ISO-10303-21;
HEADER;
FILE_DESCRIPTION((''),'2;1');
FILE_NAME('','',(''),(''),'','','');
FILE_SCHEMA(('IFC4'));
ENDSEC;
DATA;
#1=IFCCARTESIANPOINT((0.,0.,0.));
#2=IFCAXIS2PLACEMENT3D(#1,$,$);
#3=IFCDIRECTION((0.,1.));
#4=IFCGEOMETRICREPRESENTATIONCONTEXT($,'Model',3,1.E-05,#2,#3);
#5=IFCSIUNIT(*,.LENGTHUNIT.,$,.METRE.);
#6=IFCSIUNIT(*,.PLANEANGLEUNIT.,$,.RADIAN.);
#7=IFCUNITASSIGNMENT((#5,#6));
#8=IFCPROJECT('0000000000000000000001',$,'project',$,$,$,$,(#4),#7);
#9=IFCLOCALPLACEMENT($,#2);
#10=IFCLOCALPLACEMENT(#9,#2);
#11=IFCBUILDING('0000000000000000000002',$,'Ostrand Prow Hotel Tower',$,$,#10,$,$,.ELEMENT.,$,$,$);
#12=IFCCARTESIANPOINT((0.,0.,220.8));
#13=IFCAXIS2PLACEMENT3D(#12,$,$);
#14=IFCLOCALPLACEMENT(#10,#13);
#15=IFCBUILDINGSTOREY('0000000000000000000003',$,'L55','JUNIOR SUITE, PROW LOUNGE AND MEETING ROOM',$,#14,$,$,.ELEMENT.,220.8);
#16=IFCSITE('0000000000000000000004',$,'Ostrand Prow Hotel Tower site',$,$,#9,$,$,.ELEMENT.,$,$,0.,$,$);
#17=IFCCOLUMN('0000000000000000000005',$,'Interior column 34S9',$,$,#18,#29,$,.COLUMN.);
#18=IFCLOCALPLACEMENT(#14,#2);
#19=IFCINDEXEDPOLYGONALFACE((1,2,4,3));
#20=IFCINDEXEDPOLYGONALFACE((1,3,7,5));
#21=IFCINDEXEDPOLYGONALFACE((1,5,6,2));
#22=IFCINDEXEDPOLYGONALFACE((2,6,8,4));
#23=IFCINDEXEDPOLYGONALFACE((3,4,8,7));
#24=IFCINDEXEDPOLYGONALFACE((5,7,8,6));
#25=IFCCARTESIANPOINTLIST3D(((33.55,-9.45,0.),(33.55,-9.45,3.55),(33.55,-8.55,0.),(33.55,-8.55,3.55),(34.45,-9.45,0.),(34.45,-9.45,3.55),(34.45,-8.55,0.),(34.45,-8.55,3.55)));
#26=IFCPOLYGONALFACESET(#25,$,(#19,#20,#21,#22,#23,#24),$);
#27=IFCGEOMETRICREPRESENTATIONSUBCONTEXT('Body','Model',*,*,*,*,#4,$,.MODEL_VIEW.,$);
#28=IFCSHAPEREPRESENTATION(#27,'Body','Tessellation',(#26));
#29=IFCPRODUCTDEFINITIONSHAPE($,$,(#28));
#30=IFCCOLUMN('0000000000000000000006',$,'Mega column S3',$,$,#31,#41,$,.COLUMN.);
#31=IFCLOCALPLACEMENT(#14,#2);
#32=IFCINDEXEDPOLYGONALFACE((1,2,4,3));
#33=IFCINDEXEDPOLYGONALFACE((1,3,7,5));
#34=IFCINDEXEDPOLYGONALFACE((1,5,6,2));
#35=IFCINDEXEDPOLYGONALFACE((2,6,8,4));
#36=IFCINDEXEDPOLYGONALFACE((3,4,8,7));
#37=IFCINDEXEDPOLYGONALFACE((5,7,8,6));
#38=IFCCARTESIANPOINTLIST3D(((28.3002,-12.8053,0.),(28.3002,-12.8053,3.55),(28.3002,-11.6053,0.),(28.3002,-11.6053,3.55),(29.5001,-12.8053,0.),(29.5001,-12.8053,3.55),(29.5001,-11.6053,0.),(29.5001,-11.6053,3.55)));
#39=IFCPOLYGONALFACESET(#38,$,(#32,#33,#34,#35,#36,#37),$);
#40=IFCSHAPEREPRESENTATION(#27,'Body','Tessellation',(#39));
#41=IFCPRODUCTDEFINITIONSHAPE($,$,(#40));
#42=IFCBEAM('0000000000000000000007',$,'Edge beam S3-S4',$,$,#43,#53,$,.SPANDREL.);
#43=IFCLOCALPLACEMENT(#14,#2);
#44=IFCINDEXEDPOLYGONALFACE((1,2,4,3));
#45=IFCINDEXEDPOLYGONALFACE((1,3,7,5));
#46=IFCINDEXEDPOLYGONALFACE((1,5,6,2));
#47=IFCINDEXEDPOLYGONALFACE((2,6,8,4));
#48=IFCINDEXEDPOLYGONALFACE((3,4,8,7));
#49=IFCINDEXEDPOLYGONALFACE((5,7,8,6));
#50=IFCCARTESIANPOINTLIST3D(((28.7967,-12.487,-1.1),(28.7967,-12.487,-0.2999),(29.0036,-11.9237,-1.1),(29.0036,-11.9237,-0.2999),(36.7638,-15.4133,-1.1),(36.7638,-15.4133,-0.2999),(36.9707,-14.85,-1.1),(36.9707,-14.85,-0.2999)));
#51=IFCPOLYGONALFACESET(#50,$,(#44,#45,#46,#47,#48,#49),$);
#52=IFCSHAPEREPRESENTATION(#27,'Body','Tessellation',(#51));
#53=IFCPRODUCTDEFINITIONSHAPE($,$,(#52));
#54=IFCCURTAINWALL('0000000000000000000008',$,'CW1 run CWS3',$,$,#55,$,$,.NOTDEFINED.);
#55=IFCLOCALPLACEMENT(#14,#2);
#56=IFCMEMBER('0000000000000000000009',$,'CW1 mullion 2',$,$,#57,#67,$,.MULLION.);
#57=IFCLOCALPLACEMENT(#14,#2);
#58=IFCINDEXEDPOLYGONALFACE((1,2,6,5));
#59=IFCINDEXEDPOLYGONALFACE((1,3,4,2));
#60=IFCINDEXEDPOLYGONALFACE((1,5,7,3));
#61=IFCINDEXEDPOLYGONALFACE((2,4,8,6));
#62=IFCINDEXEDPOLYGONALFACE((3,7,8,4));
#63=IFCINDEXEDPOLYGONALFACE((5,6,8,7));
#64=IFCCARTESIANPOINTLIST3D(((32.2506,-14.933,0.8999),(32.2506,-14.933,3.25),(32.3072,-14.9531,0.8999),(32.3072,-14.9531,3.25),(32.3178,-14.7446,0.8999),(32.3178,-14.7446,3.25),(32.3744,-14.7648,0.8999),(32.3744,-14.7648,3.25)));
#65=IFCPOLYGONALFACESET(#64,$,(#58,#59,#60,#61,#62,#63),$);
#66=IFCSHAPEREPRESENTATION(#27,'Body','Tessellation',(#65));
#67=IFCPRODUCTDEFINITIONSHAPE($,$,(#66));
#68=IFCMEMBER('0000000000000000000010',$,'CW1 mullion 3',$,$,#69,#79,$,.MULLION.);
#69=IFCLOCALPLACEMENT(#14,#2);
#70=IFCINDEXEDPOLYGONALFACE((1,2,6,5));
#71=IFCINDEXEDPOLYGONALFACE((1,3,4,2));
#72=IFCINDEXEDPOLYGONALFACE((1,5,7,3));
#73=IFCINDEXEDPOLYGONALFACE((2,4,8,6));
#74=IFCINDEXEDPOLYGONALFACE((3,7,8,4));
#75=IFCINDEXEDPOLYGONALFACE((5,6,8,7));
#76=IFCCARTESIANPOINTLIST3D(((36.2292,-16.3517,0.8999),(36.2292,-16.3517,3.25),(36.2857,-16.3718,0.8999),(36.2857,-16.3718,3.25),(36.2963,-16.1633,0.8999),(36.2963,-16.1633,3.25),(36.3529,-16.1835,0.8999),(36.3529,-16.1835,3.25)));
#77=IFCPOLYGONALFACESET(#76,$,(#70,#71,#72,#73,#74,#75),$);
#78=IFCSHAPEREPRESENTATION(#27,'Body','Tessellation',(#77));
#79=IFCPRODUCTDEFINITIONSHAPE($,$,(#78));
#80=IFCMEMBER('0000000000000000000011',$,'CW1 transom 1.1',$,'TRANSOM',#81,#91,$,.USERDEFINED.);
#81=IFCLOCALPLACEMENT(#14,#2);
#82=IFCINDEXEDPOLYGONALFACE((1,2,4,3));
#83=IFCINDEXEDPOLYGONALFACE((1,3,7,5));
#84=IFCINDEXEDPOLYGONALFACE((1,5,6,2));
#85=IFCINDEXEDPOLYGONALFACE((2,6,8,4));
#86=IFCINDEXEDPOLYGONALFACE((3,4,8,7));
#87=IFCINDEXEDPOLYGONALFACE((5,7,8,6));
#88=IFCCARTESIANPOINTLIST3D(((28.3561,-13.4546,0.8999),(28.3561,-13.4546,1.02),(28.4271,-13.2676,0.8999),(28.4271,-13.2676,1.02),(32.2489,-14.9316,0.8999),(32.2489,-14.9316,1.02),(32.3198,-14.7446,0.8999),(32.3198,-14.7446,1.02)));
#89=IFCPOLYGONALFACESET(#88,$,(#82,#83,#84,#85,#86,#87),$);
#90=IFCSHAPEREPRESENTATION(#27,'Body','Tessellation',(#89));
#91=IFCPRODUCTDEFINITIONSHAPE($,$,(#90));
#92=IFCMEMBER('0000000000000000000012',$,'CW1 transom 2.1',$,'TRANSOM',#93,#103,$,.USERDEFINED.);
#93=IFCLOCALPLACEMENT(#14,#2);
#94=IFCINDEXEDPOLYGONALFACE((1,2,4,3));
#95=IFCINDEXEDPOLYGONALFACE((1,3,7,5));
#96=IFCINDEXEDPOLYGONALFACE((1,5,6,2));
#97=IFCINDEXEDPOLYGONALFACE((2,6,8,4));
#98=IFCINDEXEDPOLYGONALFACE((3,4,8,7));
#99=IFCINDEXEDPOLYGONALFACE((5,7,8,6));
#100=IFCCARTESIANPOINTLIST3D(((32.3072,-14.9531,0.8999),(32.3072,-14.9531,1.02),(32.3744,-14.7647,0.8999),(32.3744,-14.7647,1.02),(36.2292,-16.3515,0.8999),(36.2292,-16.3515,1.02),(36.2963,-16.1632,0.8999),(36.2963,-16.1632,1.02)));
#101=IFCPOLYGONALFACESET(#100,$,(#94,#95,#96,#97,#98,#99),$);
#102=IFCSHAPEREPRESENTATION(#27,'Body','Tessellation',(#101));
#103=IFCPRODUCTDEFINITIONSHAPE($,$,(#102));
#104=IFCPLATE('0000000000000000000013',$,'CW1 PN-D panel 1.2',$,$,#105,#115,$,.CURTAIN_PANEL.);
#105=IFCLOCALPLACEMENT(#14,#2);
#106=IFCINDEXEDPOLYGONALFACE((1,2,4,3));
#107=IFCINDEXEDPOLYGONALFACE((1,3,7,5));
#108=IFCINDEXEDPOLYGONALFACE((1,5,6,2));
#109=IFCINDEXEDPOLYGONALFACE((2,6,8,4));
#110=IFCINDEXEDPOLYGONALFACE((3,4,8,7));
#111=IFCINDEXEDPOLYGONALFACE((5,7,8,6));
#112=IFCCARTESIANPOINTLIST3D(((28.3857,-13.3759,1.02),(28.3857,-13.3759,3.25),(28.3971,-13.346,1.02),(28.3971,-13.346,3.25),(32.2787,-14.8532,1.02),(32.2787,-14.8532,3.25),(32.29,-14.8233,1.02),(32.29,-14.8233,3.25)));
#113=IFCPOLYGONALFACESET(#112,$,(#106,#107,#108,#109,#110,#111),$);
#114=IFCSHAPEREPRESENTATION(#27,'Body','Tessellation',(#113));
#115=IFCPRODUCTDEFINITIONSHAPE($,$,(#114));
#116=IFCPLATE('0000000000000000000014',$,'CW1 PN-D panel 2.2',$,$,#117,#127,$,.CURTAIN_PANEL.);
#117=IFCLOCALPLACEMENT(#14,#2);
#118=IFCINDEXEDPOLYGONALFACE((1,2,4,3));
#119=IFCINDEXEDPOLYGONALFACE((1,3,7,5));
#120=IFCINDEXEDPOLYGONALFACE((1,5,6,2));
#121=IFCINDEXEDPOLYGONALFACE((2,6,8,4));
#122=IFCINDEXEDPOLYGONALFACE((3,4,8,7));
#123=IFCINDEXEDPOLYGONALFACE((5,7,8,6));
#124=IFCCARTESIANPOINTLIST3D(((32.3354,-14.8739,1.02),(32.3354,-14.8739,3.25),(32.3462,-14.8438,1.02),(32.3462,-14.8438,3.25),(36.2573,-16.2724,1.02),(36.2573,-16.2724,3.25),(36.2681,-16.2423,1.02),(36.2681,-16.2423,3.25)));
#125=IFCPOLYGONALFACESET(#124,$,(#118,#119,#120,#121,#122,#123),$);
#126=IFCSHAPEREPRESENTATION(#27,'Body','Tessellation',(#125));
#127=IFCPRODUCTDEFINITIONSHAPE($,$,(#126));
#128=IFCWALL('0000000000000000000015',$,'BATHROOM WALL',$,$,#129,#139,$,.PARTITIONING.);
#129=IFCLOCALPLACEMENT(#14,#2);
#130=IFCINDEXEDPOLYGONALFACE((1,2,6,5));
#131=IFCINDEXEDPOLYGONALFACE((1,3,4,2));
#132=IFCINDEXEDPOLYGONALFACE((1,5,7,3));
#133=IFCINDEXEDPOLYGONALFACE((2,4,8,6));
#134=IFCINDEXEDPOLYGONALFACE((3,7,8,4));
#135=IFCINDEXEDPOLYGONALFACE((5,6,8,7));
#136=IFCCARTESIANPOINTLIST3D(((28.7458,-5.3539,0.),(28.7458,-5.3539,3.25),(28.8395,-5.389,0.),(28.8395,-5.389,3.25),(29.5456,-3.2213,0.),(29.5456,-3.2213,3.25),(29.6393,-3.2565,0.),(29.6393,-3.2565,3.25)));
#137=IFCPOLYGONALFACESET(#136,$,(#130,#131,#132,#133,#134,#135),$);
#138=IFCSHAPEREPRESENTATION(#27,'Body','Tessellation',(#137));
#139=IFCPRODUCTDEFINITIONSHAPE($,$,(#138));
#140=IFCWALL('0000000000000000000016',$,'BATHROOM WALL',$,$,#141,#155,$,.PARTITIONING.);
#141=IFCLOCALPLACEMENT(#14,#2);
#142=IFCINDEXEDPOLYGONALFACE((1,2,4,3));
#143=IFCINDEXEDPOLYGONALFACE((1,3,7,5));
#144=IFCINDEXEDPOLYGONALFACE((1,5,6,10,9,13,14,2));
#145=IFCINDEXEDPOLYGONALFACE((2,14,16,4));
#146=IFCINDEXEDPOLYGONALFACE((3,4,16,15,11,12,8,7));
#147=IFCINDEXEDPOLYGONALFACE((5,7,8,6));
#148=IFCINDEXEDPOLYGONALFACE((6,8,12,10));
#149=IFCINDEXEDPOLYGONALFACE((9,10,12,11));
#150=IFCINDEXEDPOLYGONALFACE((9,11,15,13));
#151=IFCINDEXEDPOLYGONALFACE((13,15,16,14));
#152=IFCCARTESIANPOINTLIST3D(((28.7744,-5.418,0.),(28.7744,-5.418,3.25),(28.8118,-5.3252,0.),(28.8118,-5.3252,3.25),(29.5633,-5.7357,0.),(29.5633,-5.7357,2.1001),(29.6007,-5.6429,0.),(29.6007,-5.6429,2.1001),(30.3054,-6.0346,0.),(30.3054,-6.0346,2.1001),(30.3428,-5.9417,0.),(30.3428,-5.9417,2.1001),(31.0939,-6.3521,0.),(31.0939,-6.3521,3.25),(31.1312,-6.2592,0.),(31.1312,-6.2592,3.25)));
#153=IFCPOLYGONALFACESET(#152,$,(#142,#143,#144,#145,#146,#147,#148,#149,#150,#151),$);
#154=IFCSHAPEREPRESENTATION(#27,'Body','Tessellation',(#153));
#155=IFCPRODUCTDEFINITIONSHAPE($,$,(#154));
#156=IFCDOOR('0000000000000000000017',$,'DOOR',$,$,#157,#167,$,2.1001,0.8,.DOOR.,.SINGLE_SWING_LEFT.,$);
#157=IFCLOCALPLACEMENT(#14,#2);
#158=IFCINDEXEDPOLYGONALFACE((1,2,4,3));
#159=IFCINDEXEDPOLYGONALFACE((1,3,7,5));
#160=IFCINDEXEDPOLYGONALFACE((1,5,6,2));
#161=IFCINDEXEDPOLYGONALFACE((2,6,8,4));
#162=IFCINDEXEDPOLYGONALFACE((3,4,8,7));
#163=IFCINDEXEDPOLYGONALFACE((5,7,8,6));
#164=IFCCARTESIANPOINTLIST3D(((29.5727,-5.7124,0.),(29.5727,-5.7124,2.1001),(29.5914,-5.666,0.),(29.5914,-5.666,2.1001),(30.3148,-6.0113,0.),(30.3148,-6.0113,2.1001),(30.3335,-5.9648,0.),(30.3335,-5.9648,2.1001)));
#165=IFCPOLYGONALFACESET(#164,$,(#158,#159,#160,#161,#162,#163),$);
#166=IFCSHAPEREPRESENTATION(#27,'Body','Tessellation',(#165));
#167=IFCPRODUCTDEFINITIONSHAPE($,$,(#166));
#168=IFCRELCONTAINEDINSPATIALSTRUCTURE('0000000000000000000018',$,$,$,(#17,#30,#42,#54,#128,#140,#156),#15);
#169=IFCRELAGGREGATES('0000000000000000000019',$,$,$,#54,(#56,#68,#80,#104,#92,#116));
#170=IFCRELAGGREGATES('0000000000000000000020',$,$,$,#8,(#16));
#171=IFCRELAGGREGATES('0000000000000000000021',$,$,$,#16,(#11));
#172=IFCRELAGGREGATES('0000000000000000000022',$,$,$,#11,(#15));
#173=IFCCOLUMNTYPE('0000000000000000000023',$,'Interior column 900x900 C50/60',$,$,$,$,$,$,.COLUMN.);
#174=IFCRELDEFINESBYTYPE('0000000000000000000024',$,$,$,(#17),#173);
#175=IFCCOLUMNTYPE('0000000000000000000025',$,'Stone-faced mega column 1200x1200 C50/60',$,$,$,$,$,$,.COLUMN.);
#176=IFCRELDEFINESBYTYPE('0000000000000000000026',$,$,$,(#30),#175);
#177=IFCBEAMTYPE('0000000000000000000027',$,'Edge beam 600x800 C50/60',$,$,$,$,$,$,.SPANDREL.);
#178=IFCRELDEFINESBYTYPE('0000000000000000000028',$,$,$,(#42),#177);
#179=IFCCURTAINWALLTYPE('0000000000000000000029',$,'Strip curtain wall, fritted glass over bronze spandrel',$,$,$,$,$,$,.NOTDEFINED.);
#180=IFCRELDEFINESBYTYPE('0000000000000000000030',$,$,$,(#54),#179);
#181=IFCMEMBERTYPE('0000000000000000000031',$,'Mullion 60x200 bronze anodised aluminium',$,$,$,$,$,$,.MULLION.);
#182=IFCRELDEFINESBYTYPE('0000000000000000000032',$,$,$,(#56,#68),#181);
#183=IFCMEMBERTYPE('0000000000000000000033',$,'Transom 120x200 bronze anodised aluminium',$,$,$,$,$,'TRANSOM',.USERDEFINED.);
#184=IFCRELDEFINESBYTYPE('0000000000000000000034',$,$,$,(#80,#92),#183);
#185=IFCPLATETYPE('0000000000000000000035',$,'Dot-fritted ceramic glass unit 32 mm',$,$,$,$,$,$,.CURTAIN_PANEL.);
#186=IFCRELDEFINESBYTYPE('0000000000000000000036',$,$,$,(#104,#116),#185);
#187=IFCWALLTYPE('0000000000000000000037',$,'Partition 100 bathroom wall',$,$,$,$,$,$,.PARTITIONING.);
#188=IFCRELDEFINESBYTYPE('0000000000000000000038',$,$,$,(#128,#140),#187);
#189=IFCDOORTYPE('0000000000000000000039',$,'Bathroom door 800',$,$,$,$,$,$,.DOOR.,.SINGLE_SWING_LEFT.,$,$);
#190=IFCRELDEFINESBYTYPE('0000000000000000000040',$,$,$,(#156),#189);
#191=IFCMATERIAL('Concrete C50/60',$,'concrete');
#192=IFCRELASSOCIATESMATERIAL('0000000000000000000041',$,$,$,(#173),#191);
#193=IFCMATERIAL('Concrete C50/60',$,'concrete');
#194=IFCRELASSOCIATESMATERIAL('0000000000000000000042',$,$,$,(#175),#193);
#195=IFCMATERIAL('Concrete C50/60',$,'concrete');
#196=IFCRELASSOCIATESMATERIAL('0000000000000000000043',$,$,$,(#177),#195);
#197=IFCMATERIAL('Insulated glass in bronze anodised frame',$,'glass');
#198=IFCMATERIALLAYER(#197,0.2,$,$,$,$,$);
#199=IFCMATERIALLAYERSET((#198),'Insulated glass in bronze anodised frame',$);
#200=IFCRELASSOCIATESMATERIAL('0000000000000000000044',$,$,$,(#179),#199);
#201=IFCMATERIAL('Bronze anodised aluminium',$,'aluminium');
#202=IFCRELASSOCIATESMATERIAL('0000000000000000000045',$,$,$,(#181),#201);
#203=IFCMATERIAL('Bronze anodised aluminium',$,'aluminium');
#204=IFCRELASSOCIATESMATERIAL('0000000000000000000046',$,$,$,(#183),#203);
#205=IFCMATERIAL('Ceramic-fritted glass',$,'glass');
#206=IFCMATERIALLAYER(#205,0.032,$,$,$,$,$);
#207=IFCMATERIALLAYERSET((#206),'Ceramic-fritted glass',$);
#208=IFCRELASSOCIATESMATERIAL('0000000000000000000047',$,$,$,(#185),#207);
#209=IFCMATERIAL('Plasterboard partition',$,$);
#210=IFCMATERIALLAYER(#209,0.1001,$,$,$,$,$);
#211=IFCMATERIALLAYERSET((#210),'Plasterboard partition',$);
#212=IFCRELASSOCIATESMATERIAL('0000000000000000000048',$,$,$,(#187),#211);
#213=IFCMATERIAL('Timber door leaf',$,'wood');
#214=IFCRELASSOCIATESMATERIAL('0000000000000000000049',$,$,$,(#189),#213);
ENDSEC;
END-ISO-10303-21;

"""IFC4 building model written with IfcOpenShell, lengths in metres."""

from ifc_helpers import new_model, si_unit, direction, frame, frame_2d, origin, origin_2d, place, context, subcontext, project, spatial, rectangle, extrude, material, layer, layer_set, material_profile, profile_set, type_object, element, fill, aggregate, save


model = new_model("IFC4")

# Units and contexts
model_context = context("Model", 3, precision=1e-05, world=origin(), true_north=direction((0.0, 1.0)))
body_context = subcontext(model_context, "Body", "Model", "MODEL_VIEW")
ifc_project = project(units=[si_unit("LENGTHUNIT", "METRE"), si_unit("PLANEANGLEUNIT", "RADIAN")], contexts=[model_context])

# Site, building, storey
site_placement = place(None, origin())
site = spatial("IfcSite", under=ifc_project, at=site_placement, Name="Ostrand Prow Hotel Tower site", CompositionType="ELEMENT", RefElevation=0.0)
building_placement = place(site_placement, origin())
building = spatial("IfcBuilding", under=site, at=building_placement, Name="Ostrand Prow Hotel Tower", CompositionType="ELEMENT")
storey_placement = place(building_placement, frame((0.0, 0.0, 220.8)))
storey = spatial("IfcBuildingStorey", under=building, at=storey_placement, Name="L55", Description="JUNIOR SUITE, PROW LOUNGE AND MEETING ROOM", CompositionType="ELEMENT", Elevation=220.8)

# Columns
ifc_material_1 = material(Name="Concrete C50/60", Category="concrete")
ifc_material_profile_1 = material_profile(ifc_material_1, rectangle(XDim=0.8999, YDim=0.8999, at=origin_2d()), Name="RC 900x900")
ifc_profile_set_1 = profile_set([ifc_material_profile_1], Name="Concrete C50/60")
column_type_1 = type_object("IfcColumnType", Name="Interior column 900x900 C50/60", PredefinedType="COLUMN", material=ifc_profile_set_1)
column_1_placement = place(storey_placement, frame((34.0, -9.0, 0.0), z_axis=(0.0, 0.0, 1.0), x_axis=(1.0, 0.0, 0.0)))
element("IfcColumn", 1, at=column_1_placement, inside=storey, type_object=column_type_1, Name="Interior column 34S9", PredefinedType="COLUMN", context=body_context, shape_type="SweptSolid", body=[
    extrude(rectangle(XDim=0.8999, YDim=0.8999, at=origin_2d()), origin(), (0.0, 0.0, 1.0), 3.55),
])
ifc_material_2 = material(Name="Concrete C50/60", Category="concrete")
ifc_material_profile_2 = material_profile(ifc_material_2, rectangle(XDim=1.2, YDim=1.2, at=origin_2d()), Name="RC 1200x1200")
ifc_profile_set_2 = profile_set([ifc_material_profile_2], Name="Concrete C50/60")
column_type_2 = type_object("IfcColumnType", Name="Stone-faced mega column 1200x1200 C50/60", PredefinedType="COLUMN", material=ifc_profile_set_2)
column_2_placement = place(storey_placement, frame((28.9001, -12.2053, 0.0), z_axis=(0.0, 0.0, 1.0), x_axis=(1.0, 0.0, 0.0)))
element("IfcColumn", 2, at=column_2_placement, inside=storey, type_object=column_type_2, Name="Mega column S3", PredefinedType="COLUMN", context=body_context, shape_type="SweptSolid", body=[
    extrude(rectangle(XDim=1.2, YDim=1.2, at=origin_2d()), origin(), (0.0, 0.0, 1.0), 3.55),
])

# Beam
ifc_material_3 = material(Name="Concrete C50/60", Category="concrete")
ifc_material_profile_3 = material_profile(ifc_material_3, rectangle(XDim=0.6001, YDim=0.8, at=origin_2d()), Name="RC 600x800")
ifc_profile_set_3 = profile_set([ifc_material_profile_3], Name="Concrete C50/60")
beam_type = type_object("IfcBeamType", Name="Edge beam 600x800 C50/60", PredefinedType="SPANDREL", material=ifc_profile_set_3)
beam_placement = place(storey_placement, frame((28.9001, -12.2053, -0.7), z_axis=(0.938685, -0.344776, 0.0), x_axis=(0.344776, 0.938685, 0.0)))
element("IfcBeam", 3, at=beam_placement, inside=storey, type_object=beam_type, Name="Edge beam S3-S4", PredefinedType="SPANDREL", context=body_context, shape_type="SweptSolid", body=[
    extrude(rectangle(XDim=0.6001, YDim=0.8, at=origin_2d()), origin(), (0.0, 0.0, 1.0), 8.4875),
])

# Curtain wall, members, plates
ifc_material_4 = material(Name="Insulated glass in bronze anodised frame", Category="glass")
ifc_layer_1 = layer(ifc_material_4, 0.2)
ifc_layer_set_1 = layer_set([ifc_layer_1], Name="Insulated glass in bronze anodised frame")
curtain_wall_type = type_object("IfcCurtainWallType", Name="Strip curtain wall, fritted glass over bronze spandrel", PredefinedType="NOTDEFINED", material=ifc_layer_set_1)
curtain_wall_placement = place(storey_placement, origin())
curtain_wall = element("IfcCurtainWall", 4, at=curtain_wall_placement, inside=storey, type_object=curtain_wall_type, Name="CW1 run CWS3", PredefinedType="NOTDEFINED")
ifc_material_5 = material(Name="Bronze anodised aluminium", Category="aluminium")
ifc_material_profile_4 = material_profile(ifc_material_5, rectangle(XDim=0.2, YDim=0.0601, at=origin_2d()), Name="Mullion 60x200 bronze anodised aluminium")
ifc_profile_set_4 = profile_set([ifc_material_profile_4], Name="Bronze anodised aluminium")
member_type_1 = type_object("IfcMemberType", Name="Mullion 60x200 bronze anodised aluminium", PredefinedType="MULLION", material=ifc_profile_set_4)
member_1_placement = place(storey_placement, frame((32.3125, -14.8489, 0.8999), z_axis=(0.0, 0.0, 1.0), x_axis=(0.335877, 0.941906, 0.0)))
member_1 = element("IfcMember", 5, at=member_1_placement, type_object=member_type_1, Name="CW1 mullion 2", PredefinedType="MULLION", context=body_context, shape_type="SweptSolid", body=[
    extrude(rectangle(XDim=0.2, YDim=0.0601, at=origin_2d()), origin(), (0.0, 0.0, 1.0), 2.3501),
])
member_2_placement = place(storey_placement, frame((36.291, -16.2676, 0.8999), z_axis=(0.0, 0.0, 1.0), x_axis=(0.335877, 0.941906, 0.0)))
member_2 = element("IfcMember", 6, at=member_2_placement, type_object=member_type_1, Name="CW1 mullion 3", PredefinedType="MULLION", context=body_context, shape_type="SweptSolid", body=[
    extrude(rectangle(XDim=0.2, YDim=0.0601, at=origin_2d()), origin(), (0.0, 0.0, 1.0), 2.3501),
])
ifc_material_6 = material(Name="Bronze anodised aluminium", Category="aluminium")
ifc_material_profile_5 = material_profile(ifc_material_6, rectangle(XDim=0.2, YDim=0.1201, at=origin_2d()), Name="Transom 120x200 bronze anodised aluminium")
ifc_profile_set_5 = profile_set([ifc_material_profile_5], Name="Bronze anodised aluminium")
member_type_2 = type_object("IfcMemberType", Name="Transom 120x200 bronze anodised aluminium", ElementType="TRANSOM", PredefinedType="USERDEFINED", material=ifc_profile_set_5)
member_3_placement = place(storey_placement, frame((28.3916, -13.3611, 0.96), z_axis=(0.934961, -0.354751, 0.0), x_axis=(0.354751, 0.934961, 0.0)))
member_3 = element("IfcMember", 7, at=member_3_placement, type_object=member_type_2, Name="CW1 transom 1.1", ObjectType="TRANSOM", PredefinedType="USERDEFINED", context=body_context, shape_type="SweptSolid", body=[
    extrude(rectangle(XDim=0.2, YDim=0.1201, at=origin_2d()), origin(), (0.0, 0.0, 1.0), 4.1636),
])
member_4_placement = place(storey_placement, frame((32.3408, -14.8589, 0.96), z_axis=(0.941912, -0.335861, 0.0), x_axis=(0.335861, 0.941912, 0.0)))
member_4 = element("IfcMember", 8, at=member_4_placement, type_object=member_type_2, Name="CW1 transom 2.1", ObjectType="TRANSOM", PredefinedType="USERDEFINED", context=body_context, shape_type="SweptSolid", body=[
    extrude(rectangle(XDim=0.2, YDim=0.1201, at=origin_2d()), origin(), (0.0, 0.0, 1.0), 4.1638),
])
ifc_material_7 = material(Name="Ceramic-fritted glass", Category="glass")
ifc_layer_2 = layer(ifc_material_7, 0.032)
ifc_layer_set_2 = layer_set([ifc_layer_2], Name="Ceramic-fritted glass")
plate_type = type_object("IfcPlateType", Name="Dot-fritted ceramic glass unit 32 mm", PredefinedType="CURTAIN_PANEL", material=ifc_layer_set_2)
plate_1_placement = place(storey_placement, frame((30.3379, -14.0996, 1.02), z_axis=(0.0, 0.0, 1.0), x_axis=(0.934951, -0.354777, 0.0)))
plate_1 = element("IfcPlate", 9, at=plate_1_placement, type_object=plate_type, Name="CW1 PN-D panel 1.2", PredefinedType="CURTAIN_PANEL", context=body_context, shape_type="SweptSolid", body=[
    extrude(rectangle(XDim=4.1638, YDim=0.032, at=origin_2d()), origin(), (0.0, 0.0, 1.0), 2.23),
])
plate_2_placement = place(storey_placement, frame((34.3018, -15.5581, 1.02), z_axis=(0.0, 0.0, 1.0), x_axis=(0.941906, -0.335877, 0.0)))
plate_2 = element("IfcPlate", 10, at=plate_2_placement, type_object=plate_type, Name="CW1 PN-D panel 2.2", PredefinedType="CURTAIN_PANEL", context=body_context, shape_type="SweptSolid", body=[
    extrude(rectangle(XDim=4.1638, YDim=0.032, at=origin_2d()), origin(), (0.0, 0.0, 1.0), 2.23),
])
aggregate(curtain_wall, [member_1, member_2, member_3, plate_1, member_4, plate_2])

# Wall
ifc_material_8 = material(Name="Plasterboard partition")
ifc_layer_3 = layer(ifc_material_8, 0.1001)
ifc_layer_set_3 = layer_set([ifc_layer_3], Name="Plasterboard partition")
wall_type_1 = type_object("IfcWallType", Name="Partition 100 bathroom wall", PredefinedType="PARTITIONING", material=ifc_layer_set_3)
wall_1_placement = place(storey_placement, frame((28.7927, -5.3713, 0.0), z_axis=(0.0, 0.0, 1.0), x_axis=(0.351159, 0.936316, 0.0)))
element("IfcWall", 11, at=wall_1_placement, inside=storey, type_object=wall_type_1, Name="BATHROOM WALL", PredefinedType="PARTITIONING", context=body_context, shape_type="SweptSolid", body=[
    extrude(rectangle(XDim=2.2776, YDim=0.1001, at=frame_2d((1.1387, 0.0))), origin(), (0.0, 0.0, 1.0), 3.25),
])

# Wall, opening, door
wall_2_placement = place(storey_placement, frame((31.1125, -6.3057, 0.0), z_axis=(0.0, 0.0, 1.0), x_axis=(-0.927612, 0.373544, 0.0)))
wall_2 = element("IfcWall", 12, at=wall_2_placement, inside=storey, type_object=wall_type_1, Name="BATHROOM WALL", PredefinedType="PARTITIONING", context=body_context, shape_type="SweptSolid", body=[
    extrude(rectangle(XDim=2.5005, YDim=0.1001, at=frame_2d((1.2502, 0.0))), origin(), (0.0, 0.0, 1.0), 3.25),
])
opening_1_placement = place(wall_2_placement, frame((0.8501, 0.0, 0.0)))
opening_1 = element("IfcOpeningElement", 13, at=opening_1_placement, cuts=wall_2, PredefinedType="OPENING", context=body_context, shape_type="SweptSolid", body=[
    extrude(rectangle(XDim=0.8, YDim=2.1001, at=frame_2d((0.3999, 1.05))), frame((0.0, 0.0601, 0.0), z_axis=(0.0, -1.0, 0.0), x_axis=(1.0, 0.0, 0.0)), (0.0, 0.0, 1.0), 0.1201),
])
ifc_material_9 = material(Name="Timber door leaf", Category="wood")
door_type_1 = type_object("IfcDoorType", Name="Bathroom door 800", OperationType="SINGLE_SWING_LEFT", PredefinedType="DOOR", material=ifc_material_9)
door_1_placement = place(opening_1_placement, origin())
door_1 = element("IfcDoor", 14, at=door_1_placement, inside=storey, type_object=door_type_1, Name="DOOR", OperationType="SINGLE_SWING_LEFT", OverallHeight=2.1001, OverallWidth=0.8, PredefinedType="DOOR", context=body_context, shape_type="SweptSolid", body=[
    extrude(rectangle(XDim=0.8, YDim=2.1001, at=frame_2d((0.3999, 1.05))), frame((0.0, 0.0249, 0.0), z_axis=(0.0, -1.0, 0.0), x_axis=(1.0, 0.0, 0.0)), (0.0, 0.0, 1.0), 0.05),
])
fill(opening_1, door_1)

save(model, "model.ifc")
